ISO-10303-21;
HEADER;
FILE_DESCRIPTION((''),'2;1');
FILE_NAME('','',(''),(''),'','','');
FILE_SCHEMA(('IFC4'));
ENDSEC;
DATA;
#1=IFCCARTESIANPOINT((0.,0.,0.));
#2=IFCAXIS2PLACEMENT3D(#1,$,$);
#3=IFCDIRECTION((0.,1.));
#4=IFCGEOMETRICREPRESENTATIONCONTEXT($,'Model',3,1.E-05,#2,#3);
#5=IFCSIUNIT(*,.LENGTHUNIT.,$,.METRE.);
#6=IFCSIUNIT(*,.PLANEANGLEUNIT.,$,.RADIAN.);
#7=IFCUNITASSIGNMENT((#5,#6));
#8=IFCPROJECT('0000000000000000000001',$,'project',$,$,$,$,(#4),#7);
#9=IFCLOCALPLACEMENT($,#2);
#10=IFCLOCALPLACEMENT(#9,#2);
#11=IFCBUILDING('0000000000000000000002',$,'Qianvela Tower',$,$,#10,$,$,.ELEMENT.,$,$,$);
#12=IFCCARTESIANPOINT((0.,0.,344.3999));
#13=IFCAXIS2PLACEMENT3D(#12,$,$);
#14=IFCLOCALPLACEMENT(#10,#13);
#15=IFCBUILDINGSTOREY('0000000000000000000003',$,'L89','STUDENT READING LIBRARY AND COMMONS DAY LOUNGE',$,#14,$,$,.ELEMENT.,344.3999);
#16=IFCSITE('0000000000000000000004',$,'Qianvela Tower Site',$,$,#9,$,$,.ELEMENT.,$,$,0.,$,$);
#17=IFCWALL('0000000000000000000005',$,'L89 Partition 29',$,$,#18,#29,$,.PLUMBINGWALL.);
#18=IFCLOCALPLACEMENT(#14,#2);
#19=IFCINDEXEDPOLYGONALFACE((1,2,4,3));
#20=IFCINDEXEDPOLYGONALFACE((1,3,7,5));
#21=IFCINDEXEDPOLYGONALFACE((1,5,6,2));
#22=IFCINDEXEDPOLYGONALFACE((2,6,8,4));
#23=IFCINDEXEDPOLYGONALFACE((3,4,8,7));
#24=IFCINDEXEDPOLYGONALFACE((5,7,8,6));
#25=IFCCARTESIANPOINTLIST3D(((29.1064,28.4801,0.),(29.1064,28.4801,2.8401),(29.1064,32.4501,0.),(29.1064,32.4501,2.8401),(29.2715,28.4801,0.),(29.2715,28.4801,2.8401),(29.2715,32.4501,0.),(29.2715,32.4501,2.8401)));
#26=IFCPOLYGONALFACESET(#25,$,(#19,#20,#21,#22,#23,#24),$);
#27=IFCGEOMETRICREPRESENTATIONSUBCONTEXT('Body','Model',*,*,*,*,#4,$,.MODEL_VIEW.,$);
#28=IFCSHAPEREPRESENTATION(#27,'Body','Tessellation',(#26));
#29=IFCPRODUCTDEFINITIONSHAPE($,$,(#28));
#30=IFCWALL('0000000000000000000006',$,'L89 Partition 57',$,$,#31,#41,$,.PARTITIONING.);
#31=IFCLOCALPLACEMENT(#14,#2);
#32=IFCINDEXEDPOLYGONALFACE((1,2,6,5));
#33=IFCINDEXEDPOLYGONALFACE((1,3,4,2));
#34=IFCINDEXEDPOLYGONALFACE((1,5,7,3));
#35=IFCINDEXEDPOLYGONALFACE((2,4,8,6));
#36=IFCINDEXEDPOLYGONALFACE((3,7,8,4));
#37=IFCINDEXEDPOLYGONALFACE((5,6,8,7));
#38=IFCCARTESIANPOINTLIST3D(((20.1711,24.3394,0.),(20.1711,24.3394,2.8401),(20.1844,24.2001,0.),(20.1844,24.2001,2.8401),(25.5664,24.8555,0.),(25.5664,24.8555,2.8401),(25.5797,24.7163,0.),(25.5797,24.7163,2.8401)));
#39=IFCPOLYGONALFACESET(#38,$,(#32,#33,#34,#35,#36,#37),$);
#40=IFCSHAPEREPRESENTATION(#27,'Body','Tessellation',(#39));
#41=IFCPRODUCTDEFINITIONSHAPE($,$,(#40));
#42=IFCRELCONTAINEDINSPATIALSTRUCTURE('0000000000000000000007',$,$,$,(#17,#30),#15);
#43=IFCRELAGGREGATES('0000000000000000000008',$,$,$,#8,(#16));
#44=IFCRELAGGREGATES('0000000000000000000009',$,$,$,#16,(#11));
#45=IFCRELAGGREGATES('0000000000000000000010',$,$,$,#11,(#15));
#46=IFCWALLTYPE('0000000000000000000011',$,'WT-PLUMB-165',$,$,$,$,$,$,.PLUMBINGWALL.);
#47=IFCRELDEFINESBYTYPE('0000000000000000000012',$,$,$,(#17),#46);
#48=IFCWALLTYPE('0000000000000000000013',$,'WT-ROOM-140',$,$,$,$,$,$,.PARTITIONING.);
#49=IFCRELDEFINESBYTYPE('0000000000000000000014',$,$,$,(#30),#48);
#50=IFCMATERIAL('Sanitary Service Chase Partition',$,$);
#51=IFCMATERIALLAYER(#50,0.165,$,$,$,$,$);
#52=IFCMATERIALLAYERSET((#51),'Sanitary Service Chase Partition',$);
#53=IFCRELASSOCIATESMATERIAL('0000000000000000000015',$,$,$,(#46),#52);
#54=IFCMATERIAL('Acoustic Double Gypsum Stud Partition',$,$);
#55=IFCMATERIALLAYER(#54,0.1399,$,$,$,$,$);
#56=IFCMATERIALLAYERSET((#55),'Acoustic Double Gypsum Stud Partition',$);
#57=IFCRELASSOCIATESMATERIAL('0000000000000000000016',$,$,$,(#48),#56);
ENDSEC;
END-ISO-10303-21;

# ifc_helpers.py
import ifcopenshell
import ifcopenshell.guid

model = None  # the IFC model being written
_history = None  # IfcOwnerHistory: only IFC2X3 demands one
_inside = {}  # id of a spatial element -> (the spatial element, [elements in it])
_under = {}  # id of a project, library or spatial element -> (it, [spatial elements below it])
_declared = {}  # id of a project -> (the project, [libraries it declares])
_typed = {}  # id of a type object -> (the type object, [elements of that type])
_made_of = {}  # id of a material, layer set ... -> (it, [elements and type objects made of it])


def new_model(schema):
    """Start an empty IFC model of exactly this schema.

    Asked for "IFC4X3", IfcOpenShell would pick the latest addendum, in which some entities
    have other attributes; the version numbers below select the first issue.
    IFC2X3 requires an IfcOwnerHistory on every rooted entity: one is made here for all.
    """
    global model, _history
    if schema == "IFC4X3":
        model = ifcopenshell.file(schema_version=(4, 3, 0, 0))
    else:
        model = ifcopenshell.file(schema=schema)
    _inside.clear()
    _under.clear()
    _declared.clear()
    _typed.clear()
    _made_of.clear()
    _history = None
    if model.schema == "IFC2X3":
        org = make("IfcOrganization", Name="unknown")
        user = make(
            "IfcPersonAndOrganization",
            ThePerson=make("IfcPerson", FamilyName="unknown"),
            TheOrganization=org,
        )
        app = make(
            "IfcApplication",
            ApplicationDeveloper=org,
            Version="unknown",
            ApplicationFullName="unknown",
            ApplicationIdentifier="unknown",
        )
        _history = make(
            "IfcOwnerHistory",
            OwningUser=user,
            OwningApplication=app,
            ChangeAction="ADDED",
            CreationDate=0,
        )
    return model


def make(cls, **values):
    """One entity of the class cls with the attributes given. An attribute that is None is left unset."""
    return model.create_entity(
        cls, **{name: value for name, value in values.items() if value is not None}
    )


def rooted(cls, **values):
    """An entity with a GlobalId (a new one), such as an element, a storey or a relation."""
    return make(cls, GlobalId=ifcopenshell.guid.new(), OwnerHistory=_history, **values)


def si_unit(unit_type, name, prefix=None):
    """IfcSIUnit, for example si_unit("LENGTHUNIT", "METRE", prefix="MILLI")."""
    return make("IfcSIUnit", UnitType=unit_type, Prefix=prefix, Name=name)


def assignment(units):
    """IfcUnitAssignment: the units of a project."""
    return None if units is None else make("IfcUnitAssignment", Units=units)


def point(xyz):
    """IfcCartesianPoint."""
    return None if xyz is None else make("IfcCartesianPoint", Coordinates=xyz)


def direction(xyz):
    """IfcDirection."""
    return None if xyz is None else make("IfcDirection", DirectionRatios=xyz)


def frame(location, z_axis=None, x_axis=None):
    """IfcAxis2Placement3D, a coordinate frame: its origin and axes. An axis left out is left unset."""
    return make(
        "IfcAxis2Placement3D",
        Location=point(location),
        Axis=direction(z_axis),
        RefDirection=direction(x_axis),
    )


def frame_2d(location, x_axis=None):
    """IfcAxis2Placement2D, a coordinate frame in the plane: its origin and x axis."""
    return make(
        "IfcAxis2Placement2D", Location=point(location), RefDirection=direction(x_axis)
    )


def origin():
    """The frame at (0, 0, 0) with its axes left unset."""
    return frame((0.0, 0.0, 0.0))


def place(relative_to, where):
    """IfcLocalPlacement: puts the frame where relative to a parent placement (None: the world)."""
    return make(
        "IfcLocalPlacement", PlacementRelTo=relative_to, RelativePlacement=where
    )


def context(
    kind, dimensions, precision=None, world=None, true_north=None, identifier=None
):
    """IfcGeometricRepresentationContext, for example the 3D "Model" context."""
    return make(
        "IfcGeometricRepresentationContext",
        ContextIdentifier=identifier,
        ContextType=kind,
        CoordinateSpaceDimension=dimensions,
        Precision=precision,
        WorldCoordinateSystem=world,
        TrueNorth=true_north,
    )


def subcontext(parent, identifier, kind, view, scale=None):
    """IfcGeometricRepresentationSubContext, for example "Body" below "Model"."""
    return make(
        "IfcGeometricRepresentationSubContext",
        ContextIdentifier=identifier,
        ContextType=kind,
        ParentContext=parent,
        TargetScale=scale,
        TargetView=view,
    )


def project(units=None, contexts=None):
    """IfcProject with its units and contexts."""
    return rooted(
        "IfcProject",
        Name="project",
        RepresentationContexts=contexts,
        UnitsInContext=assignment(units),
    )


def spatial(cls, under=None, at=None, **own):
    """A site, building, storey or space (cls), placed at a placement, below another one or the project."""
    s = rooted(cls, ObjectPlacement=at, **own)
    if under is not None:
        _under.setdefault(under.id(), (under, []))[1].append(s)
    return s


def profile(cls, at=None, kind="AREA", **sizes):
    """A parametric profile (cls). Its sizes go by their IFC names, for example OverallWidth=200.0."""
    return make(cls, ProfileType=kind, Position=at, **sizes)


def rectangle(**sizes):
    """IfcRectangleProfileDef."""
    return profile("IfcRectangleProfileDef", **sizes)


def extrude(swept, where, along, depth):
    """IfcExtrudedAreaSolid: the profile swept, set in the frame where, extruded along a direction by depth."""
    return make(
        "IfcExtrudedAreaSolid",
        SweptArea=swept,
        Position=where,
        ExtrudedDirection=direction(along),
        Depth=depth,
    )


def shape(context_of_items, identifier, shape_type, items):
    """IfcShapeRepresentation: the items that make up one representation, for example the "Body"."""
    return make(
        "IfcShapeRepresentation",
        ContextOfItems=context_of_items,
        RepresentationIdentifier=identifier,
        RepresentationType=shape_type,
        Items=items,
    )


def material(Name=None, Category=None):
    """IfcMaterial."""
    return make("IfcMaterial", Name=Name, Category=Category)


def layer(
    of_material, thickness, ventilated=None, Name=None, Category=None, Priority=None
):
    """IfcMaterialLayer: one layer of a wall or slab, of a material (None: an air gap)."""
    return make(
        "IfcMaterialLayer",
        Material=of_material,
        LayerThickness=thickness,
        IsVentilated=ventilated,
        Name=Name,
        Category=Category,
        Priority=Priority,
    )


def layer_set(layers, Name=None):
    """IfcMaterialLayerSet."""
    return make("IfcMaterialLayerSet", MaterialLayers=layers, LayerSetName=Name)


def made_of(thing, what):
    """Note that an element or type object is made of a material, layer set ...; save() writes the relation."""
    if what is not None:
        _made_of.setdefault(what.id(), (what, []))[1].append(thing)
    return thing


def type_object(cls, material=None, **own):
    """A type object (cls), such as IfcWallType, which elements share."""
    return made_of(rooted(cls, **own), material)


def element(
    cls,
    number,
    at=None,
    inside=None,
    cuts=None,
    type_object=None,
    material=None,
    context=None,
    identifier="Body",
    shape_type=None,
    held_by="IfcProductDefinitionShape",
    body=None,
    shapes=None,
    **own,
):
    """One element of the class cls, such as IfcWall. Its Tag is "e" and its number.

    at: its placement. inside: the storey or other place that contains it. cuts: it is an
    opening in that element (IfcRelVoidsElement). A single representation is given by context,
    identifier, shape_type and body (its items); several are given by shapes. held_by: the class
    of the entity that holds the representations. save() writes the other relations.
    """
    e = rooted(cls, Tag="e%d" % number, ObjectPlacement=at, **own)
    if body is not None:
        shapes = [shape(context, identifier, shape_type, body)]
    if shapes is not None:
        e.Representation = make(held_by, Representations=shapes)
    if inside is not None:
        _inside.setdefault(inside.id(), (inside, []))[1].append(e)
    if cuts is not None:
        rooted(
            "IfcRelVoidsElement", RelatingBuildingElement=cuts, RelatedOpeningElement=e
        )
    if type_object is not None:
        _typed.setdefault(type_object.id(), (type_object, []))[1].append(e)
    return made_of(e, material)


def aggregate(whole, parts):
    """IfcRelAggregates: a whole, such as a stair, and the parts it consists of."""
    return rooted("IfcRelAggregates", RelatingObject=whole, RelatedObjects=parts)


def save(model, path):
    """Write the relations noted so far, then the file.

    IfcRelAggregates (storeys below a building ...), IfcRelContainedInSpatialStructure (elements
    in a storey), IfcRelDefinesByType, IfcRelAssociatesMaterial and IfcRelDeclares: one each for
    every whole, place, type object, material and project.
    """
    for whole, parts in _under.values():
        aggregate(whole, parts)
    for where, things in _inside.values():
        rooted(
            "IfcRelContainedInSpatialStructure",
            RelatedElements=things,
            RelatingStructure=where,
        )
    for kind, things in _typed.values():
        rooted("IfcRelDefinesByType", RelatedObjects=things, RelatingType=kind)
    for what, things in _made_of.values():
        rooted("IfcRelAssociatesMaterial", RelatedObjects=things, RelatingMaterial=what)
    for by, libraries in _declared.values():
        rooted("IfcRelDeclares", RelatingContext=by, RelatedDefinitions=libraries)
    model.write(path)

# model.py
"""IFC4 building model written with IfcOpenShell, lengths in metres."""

from ifc_helpers import new_model, si_unit, direction, frame, frame_2d, origin, place, context, subcontext, project, spatial, rectangle, extrude, material, layer, layer_set, type_object, element, save


model = new_model("IFC4")

# Units and contexts
model_context = context("Model", 3, precision=1e-05, world=origin(), true_north=direction((0.0, 1.0)))
body_context = subcontext(model_context, "Body", "Model", "MODEL_VIEW")
ifc_project = project(units=[si_unit("LENGTHUNIT", "METRE"), si_unit("PLANEANGLEUNIT", "RADIAN")], contexts=[model_context])

# Site, building, storey
site_placement = place(None, origin())
site = spatial("IfcSite", under=ifc_project, at=site_placement, Name="Qianvela Tower Site", CompositionType="ELEMENT", RefElevation=0.0)
building_placement = place(site_placement, origin())
building = spatial("IfcBuilding", under=site, at=building_placement, Name="Qianvela Tower", CompositionType="ELEMENT")
storey_placement = place(building_placement, frame((0.0, 0.0, 344.3999)))
storey = spatial("IfcBuildingStorey", under=building, at=storey_placement, Name="L89", Description="STUDENT READING LIBRARY AND COMMONS DAY LOUNGE", CompositionType="ELEMENT", Elevation=344.3999)

# Shared definitions
ifc_material_1 = material(Name="Sanitary Service Chase Partition")
ifc_layer_1 = layer(ifc_material_1, 0.165)
ifc_layer_set_1 = layer_set([ifc_layer_1], Name="Sanitary Service Chase Partition")
wall_type_1 = type_object("IfcWallType", Name="WT-PLUMB-165", PredefinedType="PLUMBINGWALL", material=ifc_layer_set_1)

# Walls
wall_1_placement = place(storey_placement, frame((29.189, 32.45, 0.0), z_axis=(0.0, 0.0, 1.0), x_axis=(0.0, -1.0, 0.0)))
element("IfcWall", 1, at=wall_1_placement, inside=storey, type_object=wall_type_1, Name="L89 Partition 29", PredefinedType="PLUMBINGWALL", context=body_context, shape_type="SweptSolid", body=[
    extrude(rectangle(XDim=3.97, YDim=0.165, at=frame_2d((1.9849, 0.0))), origin(), (0.0, 0.0, 1.0), 2.8401),
])
ifc_material_2 = material(Name="Acoustic Double Gypsum Stud Partition")
ifc_layer_2 = layer(ifc_material_2, 0.1399)
ifc_layer_set_2 = layer_set([ifc_layer_2], Name="Acoustic Double Gypsum Stud Partition")
wall_type_2 = type_object("IfcWallType", Name="WT-ROOM-140", PredefinedType="PARTITIONING", material=ifc_layer_set_2)
wall_2_placement = place(storey_placement, frame((20.1777, 24.2698, 0.0), z_axis=(0.0, 0.0, 1.0), x_axis=(0.995456, 0.095226, 0.0)))
element("IfcWall", 2, at=wall_2_placement, inside=storey, type_object=wall_type_2, Name="L89 Partition 57", PredefinedType="PARTITIONING", context=body_context, shape_type="SweptSolid", body=[
    extrude(rectangle(XDim=5.4199, YDim=0.1399, at=frame_2d((2.71, 0.0))), origin(), (0.0, 0.0, 1.0), 2.8401),
])

save(model, "model.ifc")
